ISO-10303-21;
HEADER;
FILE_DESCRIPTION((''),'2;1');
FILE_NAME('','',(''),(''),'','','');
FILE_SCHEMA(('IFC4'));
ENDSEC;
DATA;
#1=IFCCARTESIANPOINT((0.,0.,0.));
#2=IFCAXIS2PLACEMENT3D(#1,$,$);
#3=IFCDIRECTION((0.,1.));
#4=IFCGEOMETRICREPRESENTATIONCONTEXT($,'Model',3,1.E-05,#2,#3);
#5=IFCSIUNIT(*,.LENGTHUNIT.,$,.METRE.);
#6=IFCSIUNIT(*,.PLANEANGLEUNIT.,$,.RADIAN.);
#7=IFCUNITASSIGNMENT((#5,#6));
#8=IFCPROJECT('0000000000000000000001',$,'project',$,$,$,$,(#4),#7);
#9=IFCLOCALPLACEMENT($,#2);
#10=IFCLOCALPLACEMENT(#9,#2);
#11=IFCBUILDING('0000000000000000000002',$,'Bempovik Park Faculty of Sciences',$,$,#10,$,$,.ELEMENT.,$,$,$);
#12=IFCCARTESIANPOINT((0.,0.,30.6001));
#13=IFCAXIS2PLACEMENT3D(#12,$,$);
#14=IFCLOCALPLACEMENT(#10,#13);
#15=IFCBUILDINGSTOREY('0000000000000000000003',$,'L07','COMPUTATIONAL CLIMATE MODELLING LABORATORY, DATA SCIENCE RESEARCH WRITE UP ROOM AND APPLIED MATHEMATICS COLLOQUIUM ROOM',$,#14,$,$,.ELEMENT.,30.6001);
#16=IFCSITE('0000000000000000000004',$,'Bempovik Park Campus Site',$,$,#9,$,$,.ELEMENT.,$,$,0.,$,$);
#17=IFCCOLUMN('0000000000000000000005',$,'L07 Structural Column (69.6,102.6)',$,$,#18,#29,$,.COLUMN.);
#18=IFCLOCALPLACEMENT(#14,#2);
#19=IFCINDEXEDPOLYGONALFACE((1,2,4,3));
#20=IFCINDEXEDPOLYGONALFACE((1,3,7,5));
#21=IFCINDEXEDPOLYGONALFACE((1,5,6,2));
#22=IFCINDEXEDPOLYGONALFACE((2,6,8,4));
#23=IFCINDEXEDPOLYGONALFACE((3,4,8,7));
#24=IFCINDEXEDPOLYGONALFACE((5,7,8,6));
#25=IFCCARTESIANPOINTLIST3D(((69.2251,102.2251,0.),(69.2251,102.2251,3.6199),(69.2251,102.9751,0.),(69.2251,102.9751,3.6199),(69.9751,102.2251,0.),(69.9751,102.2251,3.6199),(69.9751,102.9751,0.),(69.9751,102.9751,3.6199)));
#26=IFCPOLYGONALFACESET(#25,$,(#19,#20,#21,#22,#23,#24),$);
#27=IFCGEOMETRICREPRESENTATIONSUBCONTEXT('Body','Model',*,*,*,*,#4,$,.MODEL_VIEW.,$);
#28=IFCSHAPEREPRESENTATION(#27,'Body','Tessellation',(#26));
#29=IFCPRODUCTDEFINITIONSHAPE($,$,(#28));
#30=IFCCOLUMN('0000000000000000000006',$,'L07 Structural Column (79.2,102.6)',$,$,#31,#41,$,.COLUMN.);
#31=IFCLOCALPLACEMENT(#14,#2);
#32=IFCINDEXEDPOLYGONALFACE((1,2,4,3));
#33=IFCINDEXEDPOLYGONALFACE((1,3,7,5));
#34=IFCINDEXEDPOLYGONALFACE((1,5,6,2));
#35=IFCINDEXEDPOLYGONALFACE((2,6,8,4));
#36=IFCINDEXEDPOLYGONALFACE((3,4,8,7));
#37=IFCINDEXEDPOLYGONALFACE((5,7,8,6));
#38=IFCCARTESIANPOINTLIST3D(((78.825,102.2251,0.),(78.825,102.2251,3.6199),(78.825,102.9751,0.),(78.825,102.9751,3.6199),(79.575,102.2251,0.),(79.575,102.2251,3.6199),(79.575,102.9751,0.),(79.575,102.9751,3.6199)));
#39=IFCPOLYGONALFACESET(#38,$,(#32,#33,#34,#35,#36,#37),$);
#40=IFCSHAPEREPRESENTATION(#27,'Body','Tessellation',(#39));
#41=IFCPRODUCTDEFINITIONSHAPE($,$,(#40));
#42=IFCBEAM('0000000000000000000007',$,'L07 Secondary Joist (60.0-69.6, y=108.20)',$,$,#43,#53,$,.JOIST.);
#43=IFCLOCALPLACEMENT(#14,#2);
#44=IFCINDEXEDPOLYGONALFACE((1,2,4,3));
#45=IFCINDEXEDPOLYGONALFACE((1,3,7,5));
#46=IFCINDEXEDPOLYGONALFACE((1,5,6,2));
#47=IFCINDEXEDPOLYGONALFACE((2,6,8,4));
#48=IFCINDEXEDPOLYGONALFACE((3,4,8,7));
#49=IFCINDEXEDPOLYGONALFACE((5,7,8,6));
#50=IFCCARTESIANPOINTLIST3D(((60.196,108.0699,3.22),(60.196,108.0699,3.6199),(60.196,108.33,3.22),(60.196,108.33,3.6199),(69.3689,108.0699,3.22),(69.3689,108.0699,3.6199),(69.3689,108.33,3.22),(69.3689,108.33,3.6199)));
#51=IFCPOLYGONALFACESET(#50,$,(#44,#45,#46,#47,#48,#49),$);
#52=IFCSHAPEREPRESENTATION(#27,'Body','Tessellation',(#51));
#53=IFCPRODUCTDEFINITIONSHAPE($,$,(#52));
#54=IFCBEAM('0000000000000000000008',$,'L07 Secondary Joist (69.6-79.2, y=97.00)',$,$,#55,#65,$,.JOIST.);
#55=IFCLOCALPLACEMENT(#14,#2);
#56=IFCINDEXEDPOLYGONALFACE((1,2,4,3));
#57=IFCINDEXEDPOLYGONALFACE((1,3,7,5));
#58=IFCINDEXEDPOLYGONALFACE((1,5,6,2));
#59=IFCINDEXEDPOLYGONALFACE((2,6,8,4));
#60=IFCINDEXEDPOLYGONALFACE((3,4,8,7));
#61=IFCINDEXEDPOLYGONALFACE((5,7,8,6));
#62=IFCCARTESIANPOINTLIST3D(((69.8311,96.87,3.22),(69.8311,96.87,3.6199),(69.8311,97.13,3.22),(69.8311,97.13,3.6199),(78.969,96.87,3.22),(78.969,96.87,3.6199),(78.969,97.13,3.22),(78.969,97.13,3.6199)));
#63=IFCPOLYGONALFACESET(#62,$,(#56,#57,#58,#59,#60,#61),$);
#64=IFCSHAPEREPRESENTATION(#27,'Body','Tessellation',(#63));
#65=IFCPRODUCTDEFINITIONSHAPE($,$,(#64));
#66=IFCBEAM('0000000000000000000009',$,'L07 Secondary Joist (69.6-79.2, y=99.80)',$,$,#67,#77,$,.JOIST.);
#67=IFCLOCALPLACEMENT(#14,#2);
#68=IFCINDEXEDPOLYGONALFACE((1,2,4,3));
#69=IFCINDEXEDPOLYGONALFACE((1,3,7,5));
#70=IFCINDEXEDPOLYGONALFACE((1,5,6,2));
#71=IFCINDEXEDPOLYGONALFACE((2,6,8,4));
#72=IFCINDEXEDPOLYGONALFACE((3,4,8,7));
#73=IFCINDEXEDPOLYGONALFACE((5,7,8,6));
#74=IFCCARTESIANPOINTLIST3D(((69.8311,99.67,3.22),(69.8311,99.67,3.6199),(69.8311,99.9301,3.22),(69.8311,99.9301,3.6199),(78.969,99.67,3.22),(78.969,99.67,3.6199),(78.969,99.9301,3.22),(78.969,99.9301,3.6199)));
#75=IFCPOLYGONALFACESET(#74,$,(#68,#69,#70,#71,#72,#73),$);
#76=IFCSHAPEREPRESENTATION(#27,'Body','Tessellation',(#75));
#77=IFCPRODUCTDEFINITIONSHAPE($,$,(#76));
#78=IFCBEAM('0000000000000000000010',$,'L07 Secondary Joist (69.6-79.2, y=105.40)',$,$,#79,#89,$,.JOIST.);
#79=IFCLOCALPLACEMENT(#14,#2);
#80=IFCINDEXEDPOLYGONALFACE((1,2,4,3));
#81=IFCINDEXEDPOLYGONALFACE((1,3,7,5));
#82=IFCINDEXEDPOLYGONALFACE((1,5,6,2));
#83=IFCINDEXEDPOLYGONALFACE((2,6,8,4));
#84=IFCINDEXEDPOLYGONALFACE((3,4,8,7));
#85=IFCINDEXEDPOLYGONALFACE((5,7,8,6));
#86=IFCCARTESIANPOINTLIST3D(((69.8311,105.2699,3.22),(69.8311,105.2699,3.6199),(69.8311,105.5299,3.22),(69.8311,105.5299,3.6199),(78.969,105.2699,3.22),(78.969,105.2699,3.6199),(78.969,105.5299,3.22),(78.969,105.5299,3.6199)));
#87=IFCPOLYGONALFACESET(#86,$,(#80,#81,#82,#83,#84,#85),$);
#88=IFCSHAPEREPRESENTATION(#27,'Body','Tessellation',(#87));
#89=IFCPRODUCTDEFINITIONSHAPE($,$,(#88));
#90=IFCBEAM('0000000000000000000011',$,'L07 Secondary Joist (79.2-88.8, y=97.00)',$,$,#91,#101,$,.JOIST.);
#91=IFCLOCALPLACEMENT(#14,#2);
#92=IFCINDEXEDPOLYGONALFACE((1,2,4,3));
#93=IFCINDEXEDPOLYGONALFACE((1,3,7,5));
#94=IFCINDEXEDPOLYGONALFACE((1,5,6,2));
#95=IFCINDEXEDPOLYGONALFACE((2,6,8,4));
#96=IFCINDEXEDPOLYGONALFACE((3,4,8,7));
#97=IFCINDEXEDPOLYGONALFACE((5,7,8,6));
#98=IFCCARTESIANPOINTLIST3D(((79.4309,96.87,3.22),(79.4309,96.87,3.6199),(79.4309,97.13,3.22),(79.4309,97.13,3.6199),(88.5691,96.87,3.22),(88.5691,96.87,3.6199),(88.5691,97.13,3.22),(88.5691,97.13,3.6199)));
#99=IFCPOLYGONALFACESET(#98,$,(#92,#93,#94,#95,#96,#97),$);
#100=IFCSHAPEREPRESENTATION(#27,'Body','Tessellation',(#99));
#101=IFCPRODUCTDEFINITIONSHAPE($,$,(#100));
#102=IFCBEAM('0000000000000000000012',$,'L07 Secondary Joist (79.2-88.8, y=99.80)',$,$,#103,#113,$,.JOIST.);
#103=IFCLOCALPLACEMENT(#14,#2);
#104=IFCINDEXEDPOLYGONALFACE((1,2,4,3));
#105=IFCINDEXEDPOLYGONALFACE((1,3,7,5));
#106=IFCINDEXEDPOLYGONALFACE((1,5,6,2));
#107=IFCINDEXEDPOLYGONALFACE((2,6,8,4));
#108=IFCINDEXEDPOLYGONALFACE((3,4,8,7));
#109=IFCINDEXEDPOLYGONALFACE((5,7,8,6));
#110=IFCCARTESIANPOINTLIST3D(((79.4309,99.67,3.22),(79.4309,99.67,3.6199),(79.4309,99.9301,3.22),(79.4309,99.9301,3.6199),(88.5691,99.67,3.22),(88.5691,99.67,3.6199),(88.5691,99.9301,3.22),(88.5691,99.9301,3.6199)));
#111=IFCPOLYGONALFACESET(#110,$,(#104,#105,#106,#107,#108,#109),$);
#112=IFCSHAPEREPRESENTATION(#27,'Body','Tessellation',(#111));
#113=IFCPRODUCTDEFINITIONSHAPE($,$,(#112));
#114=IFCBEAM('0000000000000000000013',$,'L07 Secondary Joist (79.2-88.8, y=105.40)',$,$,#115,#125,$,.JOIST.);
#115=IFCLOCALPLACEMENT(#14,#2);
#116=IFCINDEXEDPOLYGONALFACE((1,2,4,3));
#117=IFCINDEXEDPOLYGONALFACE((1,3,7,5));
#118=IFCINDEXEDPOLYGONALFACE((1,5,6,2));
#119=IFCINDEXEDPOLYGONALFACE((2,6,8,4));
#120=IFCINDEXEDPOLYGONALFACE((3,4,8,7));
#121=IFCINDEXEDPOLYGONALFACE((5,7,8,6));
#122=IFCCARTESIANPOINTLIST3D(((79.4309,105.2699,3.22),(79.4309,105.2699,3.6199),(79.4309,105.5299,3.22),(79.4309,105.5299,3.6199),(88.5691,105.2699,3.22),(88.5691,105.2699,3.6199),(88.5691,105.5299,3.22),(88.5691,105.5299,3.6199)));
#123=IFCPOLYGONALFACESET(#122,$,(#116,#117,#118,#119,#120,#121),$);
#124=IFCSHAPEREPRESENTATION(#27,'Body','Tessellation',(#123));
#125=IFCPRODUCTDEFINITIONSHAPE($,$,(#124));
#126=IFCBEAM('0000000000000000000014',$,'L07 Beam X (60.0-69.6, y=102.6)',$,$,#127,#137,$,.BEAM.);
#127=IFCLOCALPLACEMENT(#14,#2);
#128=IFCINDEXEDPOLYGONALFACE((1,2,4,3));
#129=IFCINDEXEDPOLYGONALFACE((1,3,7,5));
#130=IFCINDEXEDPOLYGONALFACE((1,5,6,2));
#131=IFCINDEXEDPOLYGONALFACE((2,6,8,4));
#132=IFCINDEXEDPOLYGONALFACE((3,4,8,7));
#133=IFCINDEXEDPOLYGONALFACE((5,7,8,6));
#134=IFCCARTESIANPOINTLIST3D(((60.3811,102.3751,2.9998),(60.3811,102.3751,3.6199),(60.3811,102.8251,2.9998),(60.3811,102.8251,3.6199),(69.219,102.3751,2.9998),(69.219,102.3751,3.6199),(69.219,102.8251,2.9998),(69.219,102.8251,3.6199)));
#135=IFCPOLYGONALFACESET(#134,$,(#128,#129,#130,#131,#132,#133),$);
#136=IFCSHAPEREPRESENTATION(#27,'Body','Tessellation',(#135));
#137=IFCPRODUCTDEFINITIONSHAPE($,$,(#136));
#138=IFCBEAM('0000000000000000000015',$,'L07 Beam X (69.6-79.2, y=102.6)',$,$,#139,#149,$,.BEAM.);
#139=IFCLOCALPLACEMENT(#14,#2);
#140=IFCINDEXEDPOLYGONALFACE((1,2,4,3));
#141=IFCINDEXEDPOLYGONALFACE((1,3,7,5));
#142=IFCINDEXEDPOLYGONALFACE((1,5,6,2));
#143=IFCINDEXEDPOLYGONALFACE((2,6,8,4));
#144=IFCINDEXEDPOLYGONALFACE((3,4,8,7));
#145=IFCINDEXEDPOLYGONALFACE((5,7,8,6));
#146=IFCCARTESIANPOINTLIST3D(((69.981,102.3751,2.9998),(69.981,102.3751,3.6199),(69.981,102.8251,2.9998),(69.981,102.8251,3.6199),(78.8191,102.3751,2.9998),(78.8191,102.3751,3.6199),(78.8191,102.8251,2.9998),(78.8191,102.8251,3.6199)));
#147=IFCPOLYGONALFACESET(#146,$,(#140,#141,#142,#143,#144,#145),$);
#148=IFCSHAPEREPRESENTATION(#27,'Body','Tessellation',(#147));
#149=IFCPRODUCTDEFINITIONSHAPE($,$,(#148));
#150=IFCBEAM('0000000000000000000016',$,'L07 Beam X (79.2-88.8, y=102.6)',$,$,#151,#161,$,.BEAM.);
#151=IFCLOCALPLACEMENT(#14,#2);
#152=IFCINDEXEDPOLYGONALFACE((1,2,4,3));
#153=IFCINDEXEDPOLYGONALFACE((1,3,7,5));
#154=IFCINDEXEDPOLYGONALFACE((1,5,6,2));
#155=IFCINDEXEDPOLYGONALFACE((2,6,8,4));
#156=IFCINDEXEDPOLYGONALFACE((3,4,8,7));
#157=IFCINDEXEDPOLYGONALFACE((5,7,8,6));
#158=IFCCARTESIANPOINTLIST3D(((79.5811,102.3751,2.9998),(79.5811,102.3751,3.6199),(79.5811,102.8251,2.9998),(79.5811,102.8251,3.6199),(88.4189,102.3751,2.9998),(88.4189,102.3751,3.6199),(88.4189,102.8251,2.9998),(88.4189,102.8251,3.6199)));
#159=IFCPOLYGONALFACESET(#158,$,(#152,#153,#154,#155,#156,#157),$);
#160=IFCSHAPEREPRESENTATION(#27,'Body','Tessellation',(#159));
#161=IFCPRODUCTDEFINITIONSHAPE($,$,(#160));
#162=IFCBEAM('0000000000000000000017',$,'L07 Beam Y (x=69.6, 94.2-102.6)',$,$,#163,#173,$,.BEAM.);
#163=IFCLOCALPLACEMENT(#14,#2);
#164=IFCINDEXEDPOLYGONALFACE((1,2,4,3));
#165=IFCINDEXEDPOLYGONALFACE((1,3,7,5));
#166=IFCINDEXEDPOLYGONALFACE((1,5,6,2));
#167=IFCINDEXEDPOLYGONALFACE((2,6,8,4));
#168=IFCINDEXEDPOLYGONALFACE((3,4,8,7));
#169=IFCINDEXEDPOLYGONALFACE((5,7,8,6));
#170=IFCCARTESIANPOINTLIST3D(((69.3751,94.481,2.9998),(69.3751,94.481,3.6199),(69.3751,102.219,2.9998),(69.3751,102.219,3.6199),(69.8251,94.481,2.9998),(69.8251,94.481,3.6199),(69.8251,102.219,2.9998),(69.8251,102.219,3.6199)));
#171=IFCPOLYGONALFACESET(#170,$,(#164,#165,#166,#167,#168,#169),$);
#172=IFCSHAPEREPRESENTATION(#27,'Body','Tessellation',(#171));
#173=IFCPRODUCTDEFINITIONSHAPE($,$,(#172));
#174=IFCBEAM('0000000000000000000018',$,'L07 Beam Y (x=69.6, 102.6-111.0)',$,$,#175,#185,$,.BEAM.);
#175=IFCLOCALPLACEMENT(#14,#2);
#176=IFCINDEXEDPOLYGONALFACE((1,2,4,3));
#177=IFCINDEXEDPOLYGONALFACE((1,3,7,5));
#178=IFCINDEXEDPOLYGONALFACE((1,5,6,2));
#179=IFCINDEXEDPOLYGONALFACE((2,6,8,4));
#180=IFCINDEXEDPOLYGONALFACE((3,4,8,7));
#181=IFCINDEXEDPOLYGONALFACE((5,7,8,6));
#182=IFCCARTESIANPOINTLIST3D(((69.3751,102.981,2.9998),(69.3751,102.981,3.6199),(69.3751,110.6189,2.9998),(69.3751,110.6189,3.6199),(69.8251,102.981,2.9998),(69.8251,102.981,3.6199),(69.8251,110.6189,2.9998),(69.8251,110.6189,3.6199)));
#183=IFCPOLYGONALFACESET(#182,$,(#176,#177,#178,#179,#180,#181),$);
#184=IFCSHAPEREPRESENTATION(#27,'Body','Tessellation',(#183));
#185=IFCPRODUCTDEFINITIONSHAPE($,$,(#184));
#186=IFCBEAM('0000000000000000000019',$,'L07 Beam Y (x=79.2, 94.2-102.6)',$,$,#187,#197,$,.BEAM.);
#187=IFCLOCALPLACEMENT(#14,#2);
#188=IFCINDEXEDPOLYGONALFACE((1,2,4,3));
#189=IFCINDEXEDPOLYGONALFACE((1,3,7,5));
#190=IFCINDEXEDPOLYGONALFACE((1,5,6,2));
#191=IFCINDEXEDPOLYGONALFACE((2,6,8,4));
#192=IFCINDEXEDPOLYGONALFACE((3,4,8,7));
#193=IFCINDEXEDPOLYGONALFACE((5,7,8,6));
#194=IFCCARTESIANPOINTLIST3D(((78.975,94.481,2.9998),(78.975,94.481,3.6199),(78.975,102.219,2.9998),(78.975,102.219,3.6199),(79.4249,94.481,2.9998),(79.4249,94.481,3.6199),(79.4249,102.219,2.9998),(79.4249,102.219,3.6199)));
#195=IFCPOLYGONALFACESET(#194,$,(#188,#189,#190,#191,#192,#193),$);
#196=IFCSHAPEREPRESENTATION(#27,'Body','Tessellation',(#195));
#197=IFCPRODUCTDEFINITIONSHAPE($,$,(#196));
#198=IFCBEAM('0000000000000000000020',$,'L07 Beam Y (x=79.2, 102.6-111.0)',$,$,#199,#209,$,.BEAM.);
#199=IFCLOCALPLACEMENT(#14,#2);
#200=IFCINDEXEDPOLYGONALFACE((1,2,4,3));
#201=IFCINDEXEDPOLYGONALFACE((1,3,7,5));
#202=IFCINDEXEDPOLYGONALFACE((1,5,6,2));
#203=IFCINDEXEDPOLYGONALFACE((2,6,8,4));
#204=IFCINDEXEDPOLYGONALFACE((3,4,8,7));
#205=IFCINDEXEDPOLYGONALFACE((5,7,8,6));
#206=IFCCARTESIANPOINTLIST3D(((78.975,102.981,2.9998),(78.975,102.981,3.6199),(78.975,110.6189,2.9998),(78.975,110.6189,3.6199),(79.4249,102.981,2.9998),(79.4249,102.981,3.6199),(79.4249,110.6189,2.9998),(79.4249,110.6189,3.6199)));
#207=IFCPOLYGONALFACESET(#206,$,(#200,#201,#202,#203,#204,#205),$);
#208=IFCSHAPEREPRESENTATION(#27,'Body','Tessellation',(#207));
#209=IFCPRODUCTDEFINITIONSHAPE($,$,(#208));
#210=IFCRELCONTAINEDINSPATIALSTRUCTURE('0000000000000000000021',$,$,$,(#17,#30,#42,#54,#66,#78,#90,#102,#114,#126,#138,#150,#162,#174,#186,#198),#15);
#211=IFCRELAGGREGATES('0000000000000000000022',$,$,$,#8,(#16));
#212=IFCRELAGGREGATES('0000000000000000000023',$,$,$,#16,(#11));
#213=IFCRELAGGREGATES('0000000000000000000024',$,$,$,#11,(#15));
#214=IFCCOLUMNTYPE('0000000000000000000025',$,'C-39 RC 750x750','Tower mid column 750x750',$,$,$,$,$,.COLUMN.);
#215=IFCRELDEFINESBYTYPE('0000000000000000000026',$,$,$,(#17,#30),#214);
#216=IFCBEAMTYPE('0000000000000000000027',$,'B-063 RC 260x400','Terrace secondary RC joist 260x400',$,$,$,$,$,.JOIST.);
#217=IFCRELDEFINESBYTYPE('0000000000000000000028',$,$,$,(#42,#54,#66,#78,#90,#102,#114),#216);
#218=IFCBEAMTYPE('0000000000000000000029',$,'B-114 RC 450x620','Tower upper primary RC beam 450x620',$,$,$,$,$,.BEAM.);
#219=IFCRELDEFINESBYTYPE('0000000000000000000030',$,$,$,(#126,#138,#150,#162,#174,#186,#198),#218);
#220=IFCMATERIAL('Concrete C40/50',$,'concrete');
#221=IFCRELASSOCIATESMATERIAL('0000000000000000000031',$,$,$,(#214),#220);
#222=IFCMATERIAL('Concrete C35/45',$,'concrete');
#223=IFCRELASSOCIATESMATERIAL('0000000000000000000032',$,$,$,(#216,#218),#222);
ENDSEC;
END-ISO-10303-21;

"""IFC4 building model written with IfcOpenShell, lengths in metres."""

from ifc_helpers import new_model, si_unit, direction, frame, origin, origin_2d, place, context, subcontext, project, spatial, rectangle, extrude, material, material_profile, profile_set, type_object, element, save


model = new_model("IFC4")

# Units and contexts
model_context = context("Model", 3, precision=1e-05, world=origin(), true_north=direction((0.0, 1.0)))
body_context = subcontext(model_context, "Body", "Model", "MODEL_VIEW")
ifc_project = project(units=[si_unit("LENGTHUNIT", "METRE"), si_unit("PLANEANGLEUNIT", "RADIAN")], contexts=[model_context])

# Site, building, storey
site_placement = place(None, origin())
site = spatial("IfcSite", under=ifc_project, at=site_placement, Name="Bempovik Park Campus Site", CompositionType="ELEMENT", RefElevation=0.0)
building_placement = place(site_placement, origin())
building = spatial("IfcBuilding", under=site, at=building_placement, Name="Bempovik Park Faculty of Sciences", CompositionType="ELEMENT")
storey_placement = place(building_placement, frame((0.0, 0.0, 30.6001)))
storey = spatial("IfcBuildingStorey", under=building, at=storey_placement, Name="L07", Description="COMPUTATIONAL CLIMATE MODELLING LABORATORY, DATA SCIENCE RESEARCH WRITE UP ROOM AND APPLIED MATHEMATICS COLLOQUIUM ROOM", CompositionType="ELEMENT", Elevation=30.6001)

# Columns
ifc_material_1 = material(Name="Concrete C40/50", Category="concrete")
ifc_material_profile_1 = material_profile(ifc_material_1, rectangle(XDim=0.75, YDim=0.75, at=origin_2d()), Name="RC 750x750")
ifc_profile_set_1 = profile_set([ifc_material_profile_1], Name="Concrete C40/50")
column_type = type_object("IfcColumnType", Name="C-39 RC 750x750", Description="Tower mid column 750x750", PredefinedType="COLUMN", material=ifc_profile_set_1)
for number, where, z_axis, x_axis, name in (
    (1, (69.6001, 102.6001, 0.0), (0.0, 0.0, 1.0), (1.0, 0.0, 0.0), "L07 Structural Column (69.6,102.6)"),
    (2, (79.2, 102.6001, 0.0), (0.0, 0.0, 1.0), (1.0, 0.0, 0.0), "L07 Structural Column (79.2,102.6)"),
):
    element("IfcColumn", number, at=place(storey_placement, frame(where, z_axis=z_axis, x_axis=x_axis)), inside=storey, type_object=column_type, Name=name, PredefinedType="COLUMN", context=body_context, shape_type="SweptSolid", body=[
        extrude(rectangle(XDim=0.75, YDim=0.75, at=origin_2d()), origin(), (0.0, 0.0, 1.0), 3.6199),
    ])

# Beams
ifc_material_2 = material(Name="Concrete C35/45", Category="concrete")
ifc_material_profile_2 = material_profile(ifc_material_2, rectangle(XDim=0.26, YDim=0.3999, at=origin_2d()), Name="RC 260x400")
ifc_profile_set_2 = profile_set([ifc_material_profile_2], Name="Concrete C35/45")
beam_type_1 = type_object("IfcBeamType", Name="B-063 RC 260x400", Description="Terrace secondary RC joist 260x400", PredefinedType="JOIST", material=ifc_profile_set_2)
beam_1_placement = place(storey_placement, frame((60.196, 108.2, 3.4199), z_axis=(1.0, 0.0, 0.0), x_axis=(0.0, 1.0, 0.0)))
element("IfcBeam", 3, at=beam_1_placement, inside=storey, type_object=beam_type_1, Name="L07 Secondary Joist (60.0-69.6, y=108.20)", PredefinedType="JOIST", context=body_context, shape_type="SweptSolid", body=[
    extrude(rectangle(XDim=0.26, YDim=0.3999, at=origin_2d()), origin(), (0.0, 0.0, 1.0), 9.1729),
])
for number, where, z_axis, x_axis, name in (
    (4, (69.8311, 97.0, 3.4199), (1.0, 0.0, 0.0), (0.0, 1.0, 0.0), "L07 Secondary Joist (69.6-79.2, y=97.00)"),
    (5, (69.8311, 99.8, 3.4199), (1.0, 0.0, 0.0), (0.0, 1.0, 0.0), "L07 Secondary Joist (69.6-79.2, y=99.80)"),
    (6, (69.8311, 105.3999, 3.4199), (1.0, 0.0, 0.0), (0.0, 1.0, 0.0), "L07 Secondary Joist (69.6-79.2, y=105.40)"),
):
    element("IfcBeam", number, at=place(storey_placement, frame(where, z_axis=z_axis, x_axis=x_axis)), inside=storey, type_object=beam_type_1, Name=name, PredefinedType="JOIST", context=body_context, shape_type="SweptSolid", body=[
        extrude(rectangle(XDim=0.26, YDim=0.3999, at=origin_2d()), origin(), (0.0, 0.0, 1.0), 9.1379),
    ])
for number, where, z_axis, x_axis, name in (
    (7, (79.4309, 97.0, 3.4199), (1.0, 0.0, 0.0), (0.0, 1.0, 0.0), "L07 Secondary Joist (79.2-88.8, y=97.00)"),
    (8, (79.4309, 99.8, 3.4199), (1.0, 0.0, 0.0), (0.0, 1.0, 0.0), "L07 Secondary Joist (79.2-88.8, y=99.80)"),
    (9, (79.4309, 105.3999, 3.4199), (1.0, 0.0, 0.0), (0.0, 1.0, 0.0), "L07 Secondary Joist (79.2-88.8, y=105.40)"),
):
    element("IfcBeam", number, at=place(storey_placement, frame(where, z_axis=z_axis, x_axis=x_axis)), inside=storey, type_object=beam_type_1, Name=name, PredefinedType="JOIST", context=body_context, shape_type="SweptSolid", body=[
        extrude(rectangle(XDim=0.26, YDim=0.3999, at=origin_2d()), origin(), (0.0, 0.0, 1.0), 9.1382),
    ])
ifc_material_profile_3 = material_profile(ifc_material_2, rectangle(XDim=0.45, YDim=0.6201, at=origin_2d()), Name="RC 450x620")
ifc_profile_set_3 = profile_set([ifc_material_profile_3], Name="Concrete C35/45")
beam_type_2 = type_object("IfcBeamType", Name="B-114 RC 450x620", Description="Tower upper primary RC beam 450x620", PredefinedType="BEAM", material=ifc_profile_set_3)
beam_2_placement = place(storey_placement, frame((60.3811, 102.6001, 3.3098), z_axis=(1.0, 0.0, 0.0), x_axis=(0.0, 1.0, 0.0)))
element("IfcBeam", 10, at=beam_2_placement, inside=storey, type_object=beam_type_2, Name="L07 Beam X (60.0-69.6, y=102.6)", PredefinedType="BEAM", context=body_context, shape_type="SweptSolid", body=[
    extrude(rectangle(XDim=0.45, YDim=0.6201, at=origin_2d()), origin(), (0.0, 0.0, 1.0), 8.8379),
])
beam_3_placement = place(storey_placement, frame((69.981, 102.6001, 3.3098), z_axis=(1.0, 0.0, 0.0), x_axis=(0.0, 1.0, 0.0)))
element("IfcBeam", 11, at=beam_3_placement, inside=storey, type_object=beam_type_2, Name="L07 Beam X (69.6-79.2, y=102.6)", PredefinedType="BEAM", context=body_context, shape_type="SweptSolid", body=[
    extrude(rectangle(XDim=0.45, YDim=0.6201, at=origin_2d()), origin(), (0.0, 0.0, 1.0), 8.8381),
])
beam_4_placement = place(storey_placement, frame((79.5811, 102.6001, 3.3098), z_axis=(1.0, 0.0, 0.0), x_axis=(0.0, 1.0, 0.0)))
element("IfcBeam", 12, at=beam_4_placement, inside=storey, type_object=beam_type_2, Name="L07 Beam X (79.2-88.8, y=102.6)", PredefinedType="BEAM", context=body_context, shape_type="SweptSolid", body=[
    extrude(rectangle(XDim=0.45, YDim=0.6201, at=origin_2d()), origin(), (0.0, 0.0, 1.0), 8.8379),
])
beam_5_placement = place(storey_placement, frame((69.6001, 94.481, 3.3098), z_axis=(0.0, 1.0, 0.0), x_axis=(-1.0, 0.0, 0.0)))
element("IfcBeam", 13, at=beam_5_placement, inside=storey, type_object=beam_type_2, Name="L07 Beam Y (x=69.6, 94.2-102.6)", PredefinedType="BEAM", context=body_context, shape_type="SweptSolid", body=[
    extrude(rectangle(XDim=0.45, YDim=0.6201, at=origin_2d()), origin(), (0.0, 0.0, 1.0), 7.738),
])
beam_6_placement = place(storey_placement, frame((69.6001, 102.981, 3.3098), z_axis=(0.0, 1.0, 0.0), x_axis=(-1.0, 0.0, 0.0)))
element("IfcBeam", 14, at=beam_6_placement, inside=storey, type_object=beam_type_2, Name="L07 Beam Y (x=69.6, 102.6-111.0)", PredefinedType="BEAM", context=body_context, shape_type="SweptSolid", body=[
    extrude(rectangle(XDim=0.45, YDim=0.6201, at=origin_2d()), origin(), (0.0, 0.0, 1.0), 7.6379),
])
beam_7_placement = place(storey_placement, frame((79.2, 94.481, 3.3098), z_axis=(0.0, 1.0, 0.0), x_axis=(-1.0, 0.0, 0.0)))
element("IfcBeam", 15, at=beam_7_placement, inside=storey, type_object=beam_type_2, Name="L07 Beam Y (x=79.2, 94.2-102.6)", PredefinedType="BEAM", context=body_context, shape_type="SweptSolid", body=[
    extrude(rectangle(XDim=0.45, YDim=0.6201, at=origin_2d()), origin(), (0.0, 0.0, 1.0), 7.738),
])
beam_8_placement = place(storey_placement, frame((79.2, 102.981, 3.3098), z_axis=(0.0, 1.0, 0.0), x_axis=(-1.0, 0.0, 0.0)))
element("IfcBeam", 16, at=beam_8_placement, inside=storey, type_object=beam_type_2, Name="L07 Beam Y (x=79.2, 102.6-111.0)", PredefinedType="BEAM", context=body_context, shape_type="SweptSolid", body=[
    extrude(rectangle(XDim=0.45, YDim=0.6201, at=origin_2d()), origin(), (0.0, 0.0, 1.0), 7.6379),
])

save(model, "model.ifc")
